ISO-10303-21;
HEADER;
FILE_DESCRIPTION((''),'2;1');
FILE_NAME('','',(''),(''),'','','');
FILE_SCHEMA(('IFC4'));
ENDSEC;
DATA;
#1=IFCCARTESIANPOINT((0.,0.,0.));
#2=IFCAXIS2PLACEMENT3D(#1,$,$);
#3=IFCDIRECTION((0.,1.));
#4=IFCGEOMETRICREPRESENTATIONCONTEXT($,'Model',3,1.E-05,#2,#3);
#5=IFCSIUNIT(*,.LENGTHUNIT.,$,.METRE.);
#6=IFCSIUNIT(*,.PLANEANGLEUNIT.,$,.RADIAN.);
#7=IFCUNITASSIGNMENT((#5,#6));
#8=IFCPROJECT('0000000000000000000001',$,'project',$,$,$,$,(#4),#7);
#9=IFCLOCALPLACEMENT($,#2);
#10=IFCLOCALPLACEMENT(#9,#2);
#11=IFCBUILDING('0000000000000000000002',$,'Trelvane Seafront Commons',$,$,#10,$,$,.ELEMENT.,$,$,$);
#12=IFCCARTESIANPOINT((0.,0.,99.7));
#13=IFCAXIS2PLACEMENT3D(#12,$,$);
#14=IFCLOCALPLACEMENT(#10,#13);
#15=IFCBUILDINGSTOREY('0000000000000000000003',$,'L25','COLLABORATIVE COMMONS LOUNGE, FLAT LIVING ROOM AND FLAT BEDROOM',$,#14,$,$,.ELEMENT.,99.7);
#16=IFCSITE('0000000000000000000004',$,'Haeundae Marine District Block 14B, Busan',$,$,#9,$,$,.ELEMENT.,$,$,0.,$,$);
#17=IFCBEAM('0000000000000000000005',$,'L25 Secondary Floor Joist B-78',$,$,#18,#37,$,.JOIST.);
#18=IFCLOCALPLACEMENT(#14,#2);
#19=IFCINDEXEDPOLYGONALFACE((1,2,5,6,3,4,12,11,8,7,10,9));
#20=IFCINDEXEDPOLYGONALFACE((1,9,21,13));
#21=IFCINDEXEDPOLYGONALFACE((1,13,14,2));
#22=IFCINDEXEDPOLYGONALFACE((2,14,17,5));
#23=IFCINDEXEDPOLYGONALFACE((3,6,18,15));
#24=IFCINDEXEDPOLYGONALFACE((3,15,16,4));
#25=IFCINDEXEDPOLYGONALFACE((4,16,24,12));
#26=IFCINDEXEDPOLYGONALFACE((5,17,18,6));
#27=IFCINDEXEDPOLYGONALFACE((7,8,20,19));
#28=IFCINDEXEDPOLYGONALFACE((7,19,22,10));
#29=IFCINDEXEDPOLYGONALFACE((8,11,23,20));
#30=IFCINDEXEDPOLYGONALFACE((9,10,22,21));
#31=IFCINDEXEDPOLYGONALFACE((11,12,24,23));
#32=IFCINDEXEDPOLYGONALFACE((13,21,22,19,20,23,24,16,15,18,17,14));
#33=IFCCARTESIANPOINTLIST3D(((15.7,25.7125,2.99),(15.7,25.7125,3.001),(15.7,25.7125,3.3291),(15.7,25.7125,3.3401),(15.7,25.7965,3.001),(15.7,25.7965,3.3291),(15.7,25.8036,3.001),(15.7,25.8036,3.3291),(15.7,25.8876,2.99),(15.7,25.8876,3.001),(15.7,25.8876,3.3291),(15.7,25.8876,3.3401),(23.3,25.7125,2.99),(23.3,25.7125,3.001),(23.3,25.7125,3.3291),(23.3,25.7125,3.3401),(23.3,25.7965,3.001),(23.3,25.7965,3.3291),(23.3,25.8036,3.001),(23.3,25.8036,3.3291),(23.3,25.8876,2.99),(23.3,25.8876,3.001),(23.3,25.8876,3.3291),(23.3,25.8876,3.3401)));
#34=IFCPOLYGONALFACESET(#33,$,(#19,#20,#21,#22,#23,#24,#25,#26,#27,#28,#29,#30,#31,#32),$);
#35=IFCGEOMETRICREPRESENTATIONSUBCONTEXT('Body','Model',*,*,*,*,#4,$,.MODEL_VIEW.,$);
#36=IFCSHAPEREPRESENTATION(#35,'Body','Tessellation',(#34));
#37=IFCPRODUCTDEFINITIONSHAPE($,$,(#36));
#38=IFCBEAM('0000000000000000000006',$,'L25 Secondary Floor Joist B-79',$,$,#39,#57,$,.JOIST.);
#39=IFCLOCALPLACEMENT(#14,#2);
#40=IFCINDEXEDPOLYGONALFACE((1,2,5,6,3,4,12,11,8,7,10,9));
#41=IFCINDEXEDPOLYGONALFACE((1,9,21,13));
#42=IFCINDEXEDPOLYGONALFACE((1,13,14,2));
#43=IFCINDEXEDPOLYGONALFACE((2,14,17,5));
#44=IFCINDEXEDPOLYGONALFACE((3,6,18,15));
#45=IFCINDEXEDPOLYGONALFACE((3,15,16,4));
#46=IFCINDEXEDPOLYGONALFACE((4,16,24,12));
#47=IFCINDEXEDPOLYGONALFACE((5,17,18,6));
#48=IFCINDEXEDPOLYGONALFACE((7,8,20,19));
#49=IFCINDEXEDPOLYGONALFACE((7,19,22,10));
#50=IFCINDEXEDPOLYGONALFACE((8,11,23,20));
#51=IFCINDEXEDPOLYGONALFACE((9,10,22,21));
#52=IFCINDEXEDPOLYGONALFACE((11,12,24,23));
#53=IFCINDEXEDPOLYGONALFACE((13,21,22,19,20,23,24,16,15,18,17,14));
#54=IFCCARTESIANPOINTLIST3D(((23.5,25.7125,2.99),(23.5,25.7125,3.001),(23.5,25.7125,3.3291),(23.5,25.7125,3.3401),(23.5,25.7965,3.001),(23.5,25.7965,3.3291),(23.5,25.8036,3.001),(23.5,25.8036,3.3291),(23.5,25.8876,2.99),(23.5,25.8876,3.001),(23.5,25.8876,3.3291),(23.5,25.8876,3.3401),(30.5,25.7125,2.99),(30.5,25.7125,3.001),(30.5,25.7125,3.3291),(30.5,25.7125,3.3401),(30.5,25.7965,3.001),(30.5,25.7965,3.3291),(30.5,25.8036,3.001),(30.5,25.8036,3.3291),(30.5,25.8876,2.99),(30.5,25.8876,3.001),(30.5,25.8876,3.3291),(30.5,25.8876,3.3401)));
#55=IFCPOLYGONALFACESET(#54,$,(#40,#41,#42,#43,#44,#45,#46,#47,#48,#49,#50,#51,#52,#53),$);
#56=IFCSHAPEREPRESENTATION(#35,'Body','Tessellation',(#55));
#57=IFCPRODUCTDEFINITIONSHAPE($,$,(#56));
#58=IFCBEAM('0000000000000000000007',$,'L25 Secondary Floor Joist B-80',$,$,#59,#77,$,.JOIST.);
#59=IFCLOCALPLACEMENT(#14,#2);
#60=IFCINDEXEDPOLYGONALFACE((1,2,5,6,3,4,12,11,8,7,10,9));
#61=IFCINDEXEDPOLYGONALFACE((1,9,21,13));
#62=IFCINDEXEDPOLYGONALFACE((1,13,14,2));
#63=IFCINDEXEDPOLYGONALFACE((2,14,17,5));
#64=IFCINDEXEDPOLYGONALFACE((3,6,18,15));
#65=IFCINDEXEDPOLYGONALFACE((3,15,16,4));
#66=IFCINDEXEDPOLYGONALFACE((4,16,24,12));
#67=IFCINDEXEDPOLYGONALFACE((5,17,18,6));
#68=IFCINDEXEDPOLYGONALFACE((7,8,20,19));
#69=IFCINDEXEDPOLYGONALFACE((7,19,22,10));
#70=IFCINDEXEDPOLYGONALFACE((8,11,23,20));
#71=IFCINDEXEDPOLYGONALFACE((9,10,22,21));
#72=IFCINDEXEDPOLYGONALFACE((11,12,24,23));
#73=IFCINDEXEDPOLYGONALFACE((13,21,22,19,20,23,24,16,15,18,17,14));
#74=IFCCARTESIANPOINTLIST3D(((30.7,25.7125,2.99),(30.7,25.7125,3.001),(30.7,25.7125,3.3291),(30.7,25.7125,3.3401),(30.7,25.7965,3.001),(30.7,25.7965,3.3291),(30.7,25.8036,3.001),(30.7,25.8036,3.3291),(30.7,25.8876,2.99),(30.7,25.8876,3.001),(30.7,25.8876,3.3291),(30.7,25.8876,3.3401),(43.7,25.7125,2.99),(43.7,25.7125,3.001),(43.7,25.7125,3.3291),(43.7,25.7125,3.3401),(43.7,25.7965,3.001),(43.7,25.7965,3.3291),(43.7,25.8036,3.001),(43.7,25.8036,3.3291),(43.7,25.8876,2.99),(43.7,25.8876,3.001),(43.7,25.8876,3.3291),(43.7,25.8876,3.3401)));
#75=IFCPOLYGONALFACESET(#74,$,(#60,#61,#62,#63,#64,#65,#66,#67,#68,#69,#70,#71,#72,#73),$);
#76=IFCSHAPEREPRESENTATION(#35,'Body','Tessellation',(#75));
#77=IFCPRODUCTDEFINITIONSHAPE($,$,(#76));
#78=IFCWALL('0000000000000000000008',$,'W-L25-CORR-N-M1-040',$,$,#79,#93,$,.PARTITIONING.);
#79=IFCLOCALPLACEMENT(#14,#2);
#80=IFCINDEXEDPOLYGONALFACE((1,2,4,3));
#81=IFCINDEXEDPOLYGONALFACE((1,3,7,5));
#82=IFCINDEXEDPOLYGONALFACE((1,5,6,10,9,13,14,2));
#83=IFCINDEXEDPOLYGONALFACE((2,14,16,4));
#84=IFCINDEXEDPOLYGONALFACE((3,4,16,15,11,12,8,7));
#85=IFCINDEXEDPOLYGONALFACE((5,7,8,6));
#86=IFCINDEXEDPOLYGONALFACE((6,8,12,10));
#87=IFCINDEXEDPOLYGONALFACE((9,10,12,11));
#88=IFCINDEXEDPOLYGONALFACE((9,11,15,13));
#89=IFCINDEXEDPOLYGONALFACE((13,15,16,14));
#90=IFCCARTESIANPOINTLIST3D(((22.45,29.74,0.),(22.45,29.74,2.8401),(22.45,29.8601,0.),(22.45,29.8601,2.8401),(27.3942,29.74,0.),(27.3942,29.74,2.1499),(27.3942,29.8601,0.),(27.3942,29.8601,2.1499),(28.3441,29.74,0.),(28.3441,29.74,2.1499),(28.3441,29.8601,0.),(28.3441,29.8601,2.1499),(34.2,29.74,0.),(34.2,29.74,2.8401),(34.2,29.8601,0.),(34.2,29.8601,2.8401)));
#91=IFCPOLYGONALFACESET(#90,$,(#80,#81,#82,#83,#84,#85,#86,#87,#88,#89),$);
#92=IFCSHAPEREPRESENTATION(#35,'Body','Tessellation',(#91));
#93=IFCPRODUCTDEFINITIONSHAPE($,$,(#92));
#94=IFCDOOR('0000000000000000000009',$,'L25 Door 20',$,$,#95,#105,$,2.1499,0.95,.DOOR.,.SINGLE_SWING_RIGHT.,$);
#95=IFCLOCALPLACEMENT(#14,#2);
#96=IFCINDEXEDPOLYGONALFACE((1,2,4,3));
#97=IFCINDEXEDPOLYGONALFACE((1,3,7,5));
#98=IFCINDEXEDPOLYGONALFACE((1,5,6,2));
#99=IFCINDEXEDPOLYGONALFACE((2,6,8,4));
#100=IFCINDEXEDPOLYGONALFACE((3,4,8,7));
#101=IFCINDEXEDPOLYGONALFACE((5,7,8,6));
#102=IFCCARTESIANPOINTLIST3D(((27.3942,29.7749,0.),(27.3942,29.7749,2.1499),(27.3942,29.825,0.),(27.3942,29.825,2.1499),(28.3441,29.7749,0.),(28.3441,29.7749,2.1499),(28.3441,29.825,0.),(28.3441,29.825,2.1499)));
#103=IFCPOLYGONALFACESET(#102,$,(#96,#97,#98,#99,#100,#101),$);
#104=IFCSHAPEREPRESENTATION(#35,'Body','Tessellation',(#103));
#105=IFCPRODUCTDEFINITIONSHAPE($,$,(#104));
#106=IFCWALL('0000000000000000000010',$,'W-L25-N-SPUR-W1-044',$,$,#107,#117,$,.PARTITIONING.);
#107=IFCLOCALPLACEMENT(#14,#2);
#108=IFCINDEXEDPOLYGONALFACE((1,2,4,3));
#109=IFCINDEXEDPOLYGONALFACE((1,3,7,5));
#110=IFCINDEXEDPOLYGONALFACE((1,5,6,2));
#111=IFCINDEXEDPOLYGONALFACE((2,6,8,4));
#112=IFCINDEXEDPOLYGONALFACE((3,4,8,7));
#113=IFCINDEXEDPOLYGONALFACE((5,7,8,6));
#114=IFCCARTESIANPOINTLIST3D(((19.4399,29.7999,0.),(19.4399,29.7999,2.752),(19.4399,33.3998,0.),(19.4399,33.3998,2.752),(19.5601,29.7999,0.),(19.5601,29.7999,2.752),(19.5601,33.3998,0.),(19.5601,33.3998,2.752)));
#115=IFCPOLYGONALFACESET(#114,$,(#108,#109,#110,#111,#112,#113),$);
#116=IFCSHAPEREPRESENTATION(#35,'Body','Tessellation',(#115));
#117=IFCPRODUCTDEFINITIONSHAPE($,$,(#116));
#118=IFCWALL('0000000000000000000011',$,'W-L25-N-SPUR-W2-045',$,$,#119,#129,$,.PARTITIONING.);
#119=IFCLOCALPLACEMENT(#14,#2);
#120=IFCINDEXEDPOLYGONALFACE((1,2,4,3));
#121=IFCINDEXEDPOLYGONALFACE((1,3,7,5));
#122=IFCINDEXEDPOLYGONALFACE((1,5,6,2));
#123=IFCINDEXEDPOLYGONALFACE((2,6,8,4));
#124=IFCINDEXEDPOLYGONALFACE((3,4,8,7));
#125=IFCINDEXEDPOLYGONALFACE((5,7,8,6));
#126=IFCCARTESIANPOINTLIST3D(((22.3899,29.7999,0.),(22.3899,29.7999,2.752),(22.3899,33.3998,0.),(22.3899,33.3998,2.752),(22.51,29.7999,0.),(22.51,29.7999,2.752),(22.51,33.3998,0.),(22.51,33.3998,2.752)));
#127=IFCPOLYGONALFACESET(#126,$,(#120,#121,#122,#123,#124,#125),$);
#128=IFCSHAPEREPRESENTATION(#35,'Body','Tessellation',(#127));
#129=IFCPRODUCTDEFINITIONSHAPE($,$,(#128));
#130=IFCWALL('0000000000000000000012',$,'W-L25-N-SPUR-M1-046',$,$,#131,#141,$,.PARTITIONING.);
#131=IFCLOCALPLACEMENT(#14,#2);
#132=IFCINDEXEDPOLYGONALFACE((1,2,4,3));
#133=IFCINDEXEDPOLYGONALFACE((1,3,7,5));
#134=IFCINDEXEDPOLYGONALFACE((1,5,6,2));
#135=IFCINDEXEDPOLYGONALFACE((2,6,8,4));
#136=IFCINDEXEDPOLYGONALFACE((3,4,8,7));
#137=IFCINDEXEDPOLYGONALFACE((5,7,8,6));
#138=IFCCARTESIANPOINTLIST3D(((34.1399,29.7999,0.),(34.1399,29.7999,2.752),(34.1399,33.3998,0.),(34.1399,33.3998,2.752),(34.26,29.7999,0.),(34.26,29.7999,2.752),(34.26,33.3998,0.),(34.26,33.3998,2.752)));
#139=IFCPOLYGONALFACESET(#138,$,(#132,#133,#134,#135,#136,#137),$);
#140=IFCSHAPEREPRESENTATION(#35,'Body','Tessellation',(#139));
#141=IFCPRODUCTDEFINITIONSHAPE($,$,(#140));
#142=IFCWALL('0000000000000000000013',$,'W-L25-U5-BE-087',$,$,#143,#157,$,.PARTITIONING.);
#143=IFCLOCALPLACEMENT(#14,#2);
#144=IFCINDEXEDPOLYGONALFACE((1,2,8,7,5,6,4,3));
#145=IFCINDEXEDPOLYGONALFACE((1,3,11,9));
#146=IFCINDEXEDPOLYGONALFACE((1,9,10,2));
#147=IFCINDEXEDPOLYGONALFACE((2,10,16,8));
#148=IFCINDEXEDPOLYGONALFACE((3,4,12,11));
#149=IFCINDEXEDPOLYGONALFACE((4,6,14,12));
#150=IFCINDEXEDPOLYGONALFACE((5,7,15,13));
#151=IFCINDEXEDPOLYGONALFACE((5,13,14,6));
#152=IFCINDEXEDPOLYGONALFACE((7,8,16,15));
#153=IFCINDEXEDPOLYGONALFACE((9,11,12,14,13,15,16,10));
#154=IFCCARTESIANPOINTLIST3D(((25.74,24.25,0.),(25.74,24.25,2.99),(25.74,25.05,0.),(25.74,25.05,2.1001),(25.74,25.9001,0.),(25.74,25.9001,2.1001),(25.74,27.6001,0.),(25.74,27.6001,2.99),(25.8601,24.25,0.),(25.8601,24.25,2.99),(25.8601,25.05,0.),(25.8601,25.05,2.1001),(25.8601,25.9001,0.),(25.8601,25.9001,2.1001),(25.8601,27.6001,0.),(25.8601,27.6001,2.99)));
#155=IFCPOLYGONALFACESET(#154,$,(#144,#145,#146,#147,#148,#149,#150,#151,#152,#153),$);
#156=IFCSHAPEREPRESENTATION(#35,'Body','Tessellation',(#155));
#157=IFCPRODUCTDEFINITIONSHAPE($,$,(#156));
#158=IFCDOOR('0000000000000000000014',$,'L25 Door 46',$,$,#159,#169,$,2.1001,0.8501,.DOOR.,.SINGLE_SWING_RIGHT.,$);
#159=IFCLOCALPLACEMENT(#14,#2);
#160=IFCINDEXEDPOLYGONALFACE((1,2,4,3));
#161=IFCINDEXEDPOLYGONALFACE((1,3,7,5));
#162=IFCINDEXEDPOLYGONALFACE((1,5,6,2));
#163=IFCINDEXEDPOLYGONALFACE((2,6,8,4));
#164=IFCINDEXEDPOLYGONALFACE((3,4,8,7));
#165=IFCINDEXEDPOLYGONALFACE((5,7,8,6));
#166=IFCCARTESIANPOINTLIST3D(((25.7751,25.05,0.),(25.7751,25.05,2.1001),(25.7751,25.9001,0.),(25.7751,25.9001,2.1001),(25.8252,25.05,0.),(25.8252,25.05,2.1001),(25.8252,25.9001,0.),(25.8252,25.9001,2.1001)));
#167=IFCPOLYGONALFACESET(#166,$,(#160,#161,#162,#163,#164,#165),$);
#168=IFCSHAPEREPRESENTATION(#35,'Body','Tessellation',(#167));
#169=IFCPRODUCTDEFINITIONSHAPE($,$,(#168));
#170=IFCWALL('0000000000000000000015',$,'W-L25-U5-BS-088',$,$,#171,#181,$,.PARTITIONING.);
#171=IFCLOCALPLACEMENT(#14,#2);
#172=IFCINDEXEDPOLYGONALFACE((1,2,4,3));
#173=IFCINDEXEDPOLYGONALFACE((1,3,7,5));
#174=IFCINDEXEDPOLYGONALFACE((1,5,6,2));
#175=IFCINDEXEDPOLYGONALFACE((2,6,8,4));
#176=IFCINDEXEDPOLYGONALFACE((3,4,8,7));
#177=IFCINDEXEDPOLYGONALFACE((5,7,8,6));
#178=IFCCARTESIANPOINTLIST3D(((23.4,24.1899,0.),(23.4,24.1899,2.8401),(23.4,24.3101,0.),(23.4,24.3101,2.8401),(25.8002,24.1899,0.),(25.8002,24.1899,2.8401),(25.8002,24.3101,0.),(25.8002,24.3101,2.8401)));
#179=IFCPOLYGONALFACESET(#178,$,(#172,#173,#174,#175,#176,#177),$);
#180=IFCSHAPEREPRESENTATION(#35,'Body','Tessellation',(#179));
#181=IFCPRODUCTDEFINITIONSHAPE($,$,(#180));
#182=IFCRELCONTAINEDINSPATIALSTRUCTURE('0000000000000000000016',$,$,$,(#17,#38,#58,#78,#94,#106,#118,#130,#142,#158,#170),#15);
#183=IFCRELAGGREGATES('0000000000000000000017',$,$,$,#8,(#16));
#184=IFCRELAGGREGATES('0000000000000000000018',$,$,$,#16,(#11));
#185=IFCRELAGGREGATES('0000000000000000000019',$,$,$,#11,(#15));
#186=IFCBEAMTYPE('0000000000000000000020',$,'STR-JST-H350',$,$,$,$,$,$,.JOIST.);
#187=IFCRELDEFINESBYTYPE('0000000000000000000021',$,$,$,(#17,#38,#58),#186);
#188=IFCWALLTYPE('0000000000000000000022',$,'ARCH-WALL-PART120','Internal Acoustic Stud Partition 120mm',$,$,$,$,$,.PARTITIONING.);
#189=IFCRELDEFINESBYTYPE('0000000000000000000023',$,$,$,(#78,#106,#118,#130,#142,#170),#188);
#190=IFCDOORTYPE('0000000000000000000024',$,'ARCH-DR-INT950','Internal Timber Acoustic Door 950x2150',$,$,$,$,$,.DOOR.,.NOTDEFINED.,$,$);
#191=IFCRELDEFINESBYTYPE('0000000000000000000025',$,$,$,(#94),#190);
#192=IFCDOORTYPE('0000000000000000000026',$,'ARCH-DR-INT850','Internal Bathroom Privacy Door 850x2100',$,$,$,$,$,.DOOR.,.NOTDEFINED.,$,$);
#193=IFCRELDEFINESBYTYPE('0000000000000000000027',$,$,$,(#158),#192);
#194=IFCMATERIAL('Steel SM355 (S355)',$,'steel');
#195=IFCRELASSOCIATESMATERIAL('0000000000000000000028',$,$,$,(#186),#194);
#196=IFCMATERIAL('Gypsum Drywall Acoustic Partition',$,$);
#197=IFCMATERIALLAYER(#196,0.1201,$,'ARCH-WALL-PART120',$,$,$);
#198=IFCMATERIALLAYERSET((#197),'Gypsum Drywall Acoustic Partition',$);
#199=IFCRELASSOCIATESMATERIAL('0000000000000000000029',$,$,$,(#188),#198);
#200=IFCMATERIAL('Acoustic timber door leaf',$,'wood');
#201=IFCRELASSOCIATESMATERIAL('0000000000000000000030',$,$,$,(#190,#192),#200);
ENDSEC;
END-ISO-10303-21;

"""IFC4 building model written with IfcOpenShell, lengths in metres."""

from ifc_helpers import new_model, si_unit, direction, frame, frame_2d, origin, origin_2d, place, context, subcontext, project, spatial, rectangle, i_section, extrude, source, transform, mapped, material, layer, layer_set, material_profile, profile_set, type_object, element, fill, save


model = new_model("IFC4")

# Units and contexts
model_context = context("Model", 3, precision=1e-05, world=origin(), true_north=direction((0.0, 1.0)))
body_context = subcontext(model_context, "Body", "Model", "MODEL_VIEW")
ifc_project = project(units=[si_unit("LENGTHUNIT", "METRE"), si_unit("PLANEANGLEUNIT", "RADIAN")], contexts=[model_context])

# Site, building, storey
site_placement = place(None, origin())
site = spatial("IfcSite", under=ifc_project, at=site_placement, Name="Haeundae Marine District Block 14B, Busan", CompositionType="ELEMENT", RefElevation=0.0)
building_placement = place(site_placement, origin())
building = spatial("IfcBuilding", under=site, at=building_placement, Name="Trelvane Seafront Commons", CompositionType="ELEMENT")
storey_placement = place(building_placement, frame((0.0, 0.0, 99.7)))
storey = spatial("IfcBuildingStorey", under=building, at=storey_placement, Name="L25", Description="COLLABORATIVE COMMONS LOUNGE, FLAT LIVING ROOM AND FLAT BEDROOM", CompositionType="ELEMENT", Elevation=99.7)

# Beams
ifc_material_1 = material(Name="Steel SM355 (S355)", Category="steel")
ifc_material_profile = material_profile(ifc_material_1, i_section(OverallWidth=0.175, OverallDepth=0.3501, WebThickness=0.0071, FlangeThickness=0.011, at=origin_2d()), Name="H-350x175x7x11")
ifc_profile_set = profile_set([ifc_material_profile], Name="Steel SM355 (S355)")
beam_type = type_object("IfcBeamType", Name="STR-JST-H350", PredefinedType="JOIST", material=ifc_profile_set)
shared_shape_1 = source(origin(), body_context, "Body", "SweptSolid", [
    extrude(i_section(OverallWidth=0.175, OverallDepth=0.3501, WebThickness=0.0071, FlangeThickness=0.011, at=origin_2d()), origin(), (0.0, 0.0, 1.0), 7.6001),
])
beam_1_placement = place(storey_placement, frame((15.7, 25.8, 3.165), z_axis=(1.0, 0.0, 0.0), x_axis=(0.0, 1.0, 0.0)))
element("IfcBeam", 1, at=beam_1_placement, inside=storey, type_object=beam_type, Name="L25 Secondary Floor Joist B-78", PredefinedType="JOIST", context=body_context, shape_type="MappedRepresentation", body=[
    mapped(shared_shape_1, transform((0.0, 0.0, 0.0), x_axis=(1.0, 0.0, 0.0), y_axis=(0.0, 1.0, 0.0), z_axis=(0.0, 0.0, 1.0), scale=1.0)),
])
shared_shape_2 = source(origin(), body_context, "Body", "SweptSolid", [
    extrude(i_section(OverallWidth=0.175, OverallDepth=0.3501, WebThickness=0.0071, FlangeThickness=0.011, at=origin_2d()), origin(), (0.0, 0.0, 1.0), 7.0),
])
beam_2_placement = place(storey_placement, frame((23.5, 25.8, 3.165), z_axis=(1.0, 0.0, 0.0), x_axis=(0.0, 1.0, 0.0)))
element("IfcBeam", 2, at=beam_2_placement, inside=storey, type_object=beam_type, Name="L25 Secondary Floor Joist B-79", PredefinedType="JOIST", context=body_context, shape_type="MappedRepresentation", body=[
    mapped(shared_shape_2, transform((0.0, 0.0, 0.0), x_axis=(1.0, 0.0, 0.0), y_axis=(0.0, 1.0, 0.0), z_axis=(0.0, 0.0, 1.0), scale=1.0)),
])
shared_shape_3 = source(origin(), body_context, "Body", "SweptSolid", [
    extrude(i_section(OverallWidth=0.175, OverallDepth=0.3501, WebThickness=0.0071, FlangeThickness=0.011, at=origin_2d()), origin(), (0.0, 0.0, 1.0), 13.0),
])
beam_3_placement = place(storey_placement, frame((30.7, 25.8, 3.165), z_axis=(1.0, 0.0, 0.0), x_axis=(0.0, 1.0, 0.0)))
element("IfcBeam", 3, at=beam_3_placement, inside=storey, type_object=beam_type, Name="L25 Secondary Floor Joist B-80", PredefinedType="JOIST", context=body_context, shape_type="MappedRepresentation", body=[
    mapped(shared_shape_3, transform((0.0, 0.0, 0.0), x_axis=(1.0, 0.0, 0.0), y_axis=(0.0, 1.0, 0.0), z_axis=(0.0, 0.0, 1.0), scale=1.0)),
])

# Wall, opening, door
ifc_material_2 = material(Name="Gypsum Drywall Acoustic Partition")
ifc_layer_1 = layer(ifc_material_2, 0.1201, Name="ARCH-WALL-PART120")
ifc_layer_set_1 = layer_set([ifc_layer_1], Name="Gypsum Drywall Acoustic Partition")
wall_type_1 = type_object("IfcWallType", Name="ARCH-WALL-PART120", Description="Internal Acoustic Stud Partition 120mm", PredefinedType="PARTITIONING", material=ifc_layer_set_1)
wall_1_placement = place(storey_placement, frame((22.45, 29.8, 0.0), z_axis=(0.0, 0.0, 1.0), x_axis=(1.0, 0.0, 0.0)))
wall_1 = element("IfcWall", 4, at=wall_1_placement, inside=storey, type_object=wall_type_1, Name="W-L25-CORR-N-M1-040", PredefinedType="PARTITIONING", context=body_context, shape_type="SweptSolid", body=[
    extrude(rectangle(XDim=11.75, YDim=0.1201, at=frame_2d((5.875, 0.0))), origin(), (0.0, 0.0, 1.0), 2.8401),
])
opening_1_placement = place(wall_1_placement, frame((4.9441, 0.0, 0.0)))
opening_1 = element("IfcOpeningElement", 5, at=opening_1_placement, cuts=wall_1, PredefinedType="OPENING", context=body_context, shape_type="SweptSolid", body=[
    extrude(rectangle(XDim=0.95, YDim=2.1499, at=frame_2d((0.4751, 1.075))), frame((0.0, 0.0701, 0.0), z_axis=(0.0, -1.0, 0.0), x_axis=(1.0, 0.0, 0.0)), (0.0, 0.0, 1.0), 0.1401),
])
ifc_material_3 = material(Name="Acoustic timber door leaf", Category="wood")
door_type_1 = type_object("IfcDoorType", Name="ARCH-DR-INT950", Description="Internal Timber Acoustic Door 950x2150", OperationType="NOTDEFINED", PredefinedType="DOOR", material=ifc_material_3)
shared_shape_4 = source(origin(), body_context, "Body", "SweptSolid", [
    extrude(rectangle(XDim=0.95, YDim=2.1499, at=frame_2d((0.4751, 1.075))), frame((0.0, 0.0249, 0.0), z_axis=(0.0, -1.0, 0.0), x_axis=(1.0, 0.0, 0.0)), (0.0, 0.0, 1.0), 0.05),
])
door_1_placement = place(opening_1_placement, origin())
door_1 = element("IfcDoor", 6, at=door_1_placement, inside=storey, type_object=door_type_1, Name="L25 Door 20", OperationType="SINGLE_SWING_RIGHT", OverallHeight=2.1499, OverallWidth=0.95, PredefinedType="DOOR", context=body_context, shape_type="MappedRepresentation", body=[
    mapped(shared_shape_4, transform((0.0, 0.0, 0.0), x_axis=(1.0, 0.0, 0.0), y_axis=(0.0, 1.0, 0.0), z_axis=(0.0, 0.0, 1.0), scale=1.0)),
])
fill(opening_1, door_1)

# Walls
for number, where, z_axis, x_axis, name in (
    (7, (19.5, 29.8, 0.0), (0.0, 0.0, 1.0), (0.0, 1.0, 0.0), "W-L25-N-SPUR-W1-044"),
    (8, (22.45, 29.8, 0.0), (0.0, 0.0, 1.0), (0.0, 1.0, 0.0), "W-L25-N-SPUR-W2-045"),
    (9, (34.2, 29.8, 0.0), (0.0, 0.0, 1.0), (0.0, 1.0, 0.0), "W-L25-N-SPUR-M1-046"),
):
    element("IfcWall", number, at=place(storey_placement, frame(where, z_axis=z_axis, x_axis=x_axis)), inside=storey, type_object=wall_type_1, Name=name, PredefinedType="PARTITIONING", context=body_context, shape_type="SweptSolid", body=[
        extrude(rectangle(XDim=3.5999, YDim=0.1201, at=frame_2d((1.7998, 0.0))), origin(), (0.0, 0.0, 1.0), 2.752),
    ])

# Wall, opening, door
wall_2_placement = place(storey_placement, frame((25.8, 24.25, 0.0), z_axis=(0.0, 0.0, 1.0), x_axis=(0.0, 1.0, 0.0)))
wall_2 = element("IfcWall", 10, at=wall_2_placement, inside=storey, type_object=wall_type_1, Name="W-L25-U5-BE-087", PredefinedType="PARTITIONING", context=body_context, shape_type="SweptSolid", body=[
    extrude(rectangle(XDim=3.3501, YDim=0.1201, at=frame_2d((1.675, 0.0))), origin(), (0.0, 0.0, 1.0), 2.99),
])
opening_2_placement = place(wall_2_placement, frame((0.8, 0.0, 0.0)))
opening_2 = element("IfcOpeningElement", 11, at=opening_2_placement, cuts=wall_2, PredefinedType="OPENING", context=body_context, shape_type="SweptSolid", body=[
    extrude(rectangle(XDim=0.8501, YDim=2.1001, at=frame_2d((0.425, 1.05))), frame((0.0, 0.0701, 0.0), z_axis=(0.0, -1.0, 0.0), x_axis=(1.0, 0.0, 0.0)), (0.0, 0.0, 1.0), 0.1401),
])
door_type_2 = type_object("IfcDoorType", Name="ARCH-DR-INT850", Description="Internal Bathroom Privacy Door 850x2100", OperationType="NOTDEFINED", PredefinedType="DOOR", material=ifc_material_3)
shared_shape_5 = source(origin(), body_context, "Body", "SweptSolid", [
    extrude(rectangle(XDim=0.8501, YDim=2.1001, at=frame_2d((0.425, 1.05))), frame((0.0, 0.0249, 0.0), z_axis=(0.0, -1.0, 0.0), x_axis=(1.0, 0.0, 0.0)), (0.0, 0.0, 1.0), 0.05),
])
door_2_placement = place(opening_2_placement, origin())
door_2 = element("IfcDoor", 12, at=door_2_placement, inside=storey, type_object=door_type_2, Name="L25 Door 46", OperationType="SINGLE_SWING_RIGHT", OverallHeight=2.1001, OverallWidth=0.8501, PredefinedType="DOOR", context=body_context, shape_type="MappedRepresentation", body=[
    mapped(shared_shape_5, transform((0.0, 0.0, 0.0), x_axis=(1.0, 0.0, 0.0), y_axis=(0.0, 1.0, 0.0), z_axis=(0.0, 0.0, 1.0), scale=1.0)),
])
fill(opening_2, door_2)

# Wall
wall_3_placement = place(storey_placement, frame((23.3999, 24.25, 0.0), z_axis=(0.0, 0.0, 1.0), x_axis=(1.0, 0.0, 0.0)))
element("IfcWall", 13, at=wall_3_placement, inside=storey, type_object=wall_type_1, Name="W-L25-U5-BS-088", PredefinedType="PARTITIONING", context=body_context, shape_type="SweptSolid", body=[
    extrude(rectangle(XDim=2.4001, YDim=0.1201, at=frame_2d((1.2002, 0.0))), origin(), (0.0, 0.0, 1.0), 2.8401),
])

save(model, "model.ifc")
